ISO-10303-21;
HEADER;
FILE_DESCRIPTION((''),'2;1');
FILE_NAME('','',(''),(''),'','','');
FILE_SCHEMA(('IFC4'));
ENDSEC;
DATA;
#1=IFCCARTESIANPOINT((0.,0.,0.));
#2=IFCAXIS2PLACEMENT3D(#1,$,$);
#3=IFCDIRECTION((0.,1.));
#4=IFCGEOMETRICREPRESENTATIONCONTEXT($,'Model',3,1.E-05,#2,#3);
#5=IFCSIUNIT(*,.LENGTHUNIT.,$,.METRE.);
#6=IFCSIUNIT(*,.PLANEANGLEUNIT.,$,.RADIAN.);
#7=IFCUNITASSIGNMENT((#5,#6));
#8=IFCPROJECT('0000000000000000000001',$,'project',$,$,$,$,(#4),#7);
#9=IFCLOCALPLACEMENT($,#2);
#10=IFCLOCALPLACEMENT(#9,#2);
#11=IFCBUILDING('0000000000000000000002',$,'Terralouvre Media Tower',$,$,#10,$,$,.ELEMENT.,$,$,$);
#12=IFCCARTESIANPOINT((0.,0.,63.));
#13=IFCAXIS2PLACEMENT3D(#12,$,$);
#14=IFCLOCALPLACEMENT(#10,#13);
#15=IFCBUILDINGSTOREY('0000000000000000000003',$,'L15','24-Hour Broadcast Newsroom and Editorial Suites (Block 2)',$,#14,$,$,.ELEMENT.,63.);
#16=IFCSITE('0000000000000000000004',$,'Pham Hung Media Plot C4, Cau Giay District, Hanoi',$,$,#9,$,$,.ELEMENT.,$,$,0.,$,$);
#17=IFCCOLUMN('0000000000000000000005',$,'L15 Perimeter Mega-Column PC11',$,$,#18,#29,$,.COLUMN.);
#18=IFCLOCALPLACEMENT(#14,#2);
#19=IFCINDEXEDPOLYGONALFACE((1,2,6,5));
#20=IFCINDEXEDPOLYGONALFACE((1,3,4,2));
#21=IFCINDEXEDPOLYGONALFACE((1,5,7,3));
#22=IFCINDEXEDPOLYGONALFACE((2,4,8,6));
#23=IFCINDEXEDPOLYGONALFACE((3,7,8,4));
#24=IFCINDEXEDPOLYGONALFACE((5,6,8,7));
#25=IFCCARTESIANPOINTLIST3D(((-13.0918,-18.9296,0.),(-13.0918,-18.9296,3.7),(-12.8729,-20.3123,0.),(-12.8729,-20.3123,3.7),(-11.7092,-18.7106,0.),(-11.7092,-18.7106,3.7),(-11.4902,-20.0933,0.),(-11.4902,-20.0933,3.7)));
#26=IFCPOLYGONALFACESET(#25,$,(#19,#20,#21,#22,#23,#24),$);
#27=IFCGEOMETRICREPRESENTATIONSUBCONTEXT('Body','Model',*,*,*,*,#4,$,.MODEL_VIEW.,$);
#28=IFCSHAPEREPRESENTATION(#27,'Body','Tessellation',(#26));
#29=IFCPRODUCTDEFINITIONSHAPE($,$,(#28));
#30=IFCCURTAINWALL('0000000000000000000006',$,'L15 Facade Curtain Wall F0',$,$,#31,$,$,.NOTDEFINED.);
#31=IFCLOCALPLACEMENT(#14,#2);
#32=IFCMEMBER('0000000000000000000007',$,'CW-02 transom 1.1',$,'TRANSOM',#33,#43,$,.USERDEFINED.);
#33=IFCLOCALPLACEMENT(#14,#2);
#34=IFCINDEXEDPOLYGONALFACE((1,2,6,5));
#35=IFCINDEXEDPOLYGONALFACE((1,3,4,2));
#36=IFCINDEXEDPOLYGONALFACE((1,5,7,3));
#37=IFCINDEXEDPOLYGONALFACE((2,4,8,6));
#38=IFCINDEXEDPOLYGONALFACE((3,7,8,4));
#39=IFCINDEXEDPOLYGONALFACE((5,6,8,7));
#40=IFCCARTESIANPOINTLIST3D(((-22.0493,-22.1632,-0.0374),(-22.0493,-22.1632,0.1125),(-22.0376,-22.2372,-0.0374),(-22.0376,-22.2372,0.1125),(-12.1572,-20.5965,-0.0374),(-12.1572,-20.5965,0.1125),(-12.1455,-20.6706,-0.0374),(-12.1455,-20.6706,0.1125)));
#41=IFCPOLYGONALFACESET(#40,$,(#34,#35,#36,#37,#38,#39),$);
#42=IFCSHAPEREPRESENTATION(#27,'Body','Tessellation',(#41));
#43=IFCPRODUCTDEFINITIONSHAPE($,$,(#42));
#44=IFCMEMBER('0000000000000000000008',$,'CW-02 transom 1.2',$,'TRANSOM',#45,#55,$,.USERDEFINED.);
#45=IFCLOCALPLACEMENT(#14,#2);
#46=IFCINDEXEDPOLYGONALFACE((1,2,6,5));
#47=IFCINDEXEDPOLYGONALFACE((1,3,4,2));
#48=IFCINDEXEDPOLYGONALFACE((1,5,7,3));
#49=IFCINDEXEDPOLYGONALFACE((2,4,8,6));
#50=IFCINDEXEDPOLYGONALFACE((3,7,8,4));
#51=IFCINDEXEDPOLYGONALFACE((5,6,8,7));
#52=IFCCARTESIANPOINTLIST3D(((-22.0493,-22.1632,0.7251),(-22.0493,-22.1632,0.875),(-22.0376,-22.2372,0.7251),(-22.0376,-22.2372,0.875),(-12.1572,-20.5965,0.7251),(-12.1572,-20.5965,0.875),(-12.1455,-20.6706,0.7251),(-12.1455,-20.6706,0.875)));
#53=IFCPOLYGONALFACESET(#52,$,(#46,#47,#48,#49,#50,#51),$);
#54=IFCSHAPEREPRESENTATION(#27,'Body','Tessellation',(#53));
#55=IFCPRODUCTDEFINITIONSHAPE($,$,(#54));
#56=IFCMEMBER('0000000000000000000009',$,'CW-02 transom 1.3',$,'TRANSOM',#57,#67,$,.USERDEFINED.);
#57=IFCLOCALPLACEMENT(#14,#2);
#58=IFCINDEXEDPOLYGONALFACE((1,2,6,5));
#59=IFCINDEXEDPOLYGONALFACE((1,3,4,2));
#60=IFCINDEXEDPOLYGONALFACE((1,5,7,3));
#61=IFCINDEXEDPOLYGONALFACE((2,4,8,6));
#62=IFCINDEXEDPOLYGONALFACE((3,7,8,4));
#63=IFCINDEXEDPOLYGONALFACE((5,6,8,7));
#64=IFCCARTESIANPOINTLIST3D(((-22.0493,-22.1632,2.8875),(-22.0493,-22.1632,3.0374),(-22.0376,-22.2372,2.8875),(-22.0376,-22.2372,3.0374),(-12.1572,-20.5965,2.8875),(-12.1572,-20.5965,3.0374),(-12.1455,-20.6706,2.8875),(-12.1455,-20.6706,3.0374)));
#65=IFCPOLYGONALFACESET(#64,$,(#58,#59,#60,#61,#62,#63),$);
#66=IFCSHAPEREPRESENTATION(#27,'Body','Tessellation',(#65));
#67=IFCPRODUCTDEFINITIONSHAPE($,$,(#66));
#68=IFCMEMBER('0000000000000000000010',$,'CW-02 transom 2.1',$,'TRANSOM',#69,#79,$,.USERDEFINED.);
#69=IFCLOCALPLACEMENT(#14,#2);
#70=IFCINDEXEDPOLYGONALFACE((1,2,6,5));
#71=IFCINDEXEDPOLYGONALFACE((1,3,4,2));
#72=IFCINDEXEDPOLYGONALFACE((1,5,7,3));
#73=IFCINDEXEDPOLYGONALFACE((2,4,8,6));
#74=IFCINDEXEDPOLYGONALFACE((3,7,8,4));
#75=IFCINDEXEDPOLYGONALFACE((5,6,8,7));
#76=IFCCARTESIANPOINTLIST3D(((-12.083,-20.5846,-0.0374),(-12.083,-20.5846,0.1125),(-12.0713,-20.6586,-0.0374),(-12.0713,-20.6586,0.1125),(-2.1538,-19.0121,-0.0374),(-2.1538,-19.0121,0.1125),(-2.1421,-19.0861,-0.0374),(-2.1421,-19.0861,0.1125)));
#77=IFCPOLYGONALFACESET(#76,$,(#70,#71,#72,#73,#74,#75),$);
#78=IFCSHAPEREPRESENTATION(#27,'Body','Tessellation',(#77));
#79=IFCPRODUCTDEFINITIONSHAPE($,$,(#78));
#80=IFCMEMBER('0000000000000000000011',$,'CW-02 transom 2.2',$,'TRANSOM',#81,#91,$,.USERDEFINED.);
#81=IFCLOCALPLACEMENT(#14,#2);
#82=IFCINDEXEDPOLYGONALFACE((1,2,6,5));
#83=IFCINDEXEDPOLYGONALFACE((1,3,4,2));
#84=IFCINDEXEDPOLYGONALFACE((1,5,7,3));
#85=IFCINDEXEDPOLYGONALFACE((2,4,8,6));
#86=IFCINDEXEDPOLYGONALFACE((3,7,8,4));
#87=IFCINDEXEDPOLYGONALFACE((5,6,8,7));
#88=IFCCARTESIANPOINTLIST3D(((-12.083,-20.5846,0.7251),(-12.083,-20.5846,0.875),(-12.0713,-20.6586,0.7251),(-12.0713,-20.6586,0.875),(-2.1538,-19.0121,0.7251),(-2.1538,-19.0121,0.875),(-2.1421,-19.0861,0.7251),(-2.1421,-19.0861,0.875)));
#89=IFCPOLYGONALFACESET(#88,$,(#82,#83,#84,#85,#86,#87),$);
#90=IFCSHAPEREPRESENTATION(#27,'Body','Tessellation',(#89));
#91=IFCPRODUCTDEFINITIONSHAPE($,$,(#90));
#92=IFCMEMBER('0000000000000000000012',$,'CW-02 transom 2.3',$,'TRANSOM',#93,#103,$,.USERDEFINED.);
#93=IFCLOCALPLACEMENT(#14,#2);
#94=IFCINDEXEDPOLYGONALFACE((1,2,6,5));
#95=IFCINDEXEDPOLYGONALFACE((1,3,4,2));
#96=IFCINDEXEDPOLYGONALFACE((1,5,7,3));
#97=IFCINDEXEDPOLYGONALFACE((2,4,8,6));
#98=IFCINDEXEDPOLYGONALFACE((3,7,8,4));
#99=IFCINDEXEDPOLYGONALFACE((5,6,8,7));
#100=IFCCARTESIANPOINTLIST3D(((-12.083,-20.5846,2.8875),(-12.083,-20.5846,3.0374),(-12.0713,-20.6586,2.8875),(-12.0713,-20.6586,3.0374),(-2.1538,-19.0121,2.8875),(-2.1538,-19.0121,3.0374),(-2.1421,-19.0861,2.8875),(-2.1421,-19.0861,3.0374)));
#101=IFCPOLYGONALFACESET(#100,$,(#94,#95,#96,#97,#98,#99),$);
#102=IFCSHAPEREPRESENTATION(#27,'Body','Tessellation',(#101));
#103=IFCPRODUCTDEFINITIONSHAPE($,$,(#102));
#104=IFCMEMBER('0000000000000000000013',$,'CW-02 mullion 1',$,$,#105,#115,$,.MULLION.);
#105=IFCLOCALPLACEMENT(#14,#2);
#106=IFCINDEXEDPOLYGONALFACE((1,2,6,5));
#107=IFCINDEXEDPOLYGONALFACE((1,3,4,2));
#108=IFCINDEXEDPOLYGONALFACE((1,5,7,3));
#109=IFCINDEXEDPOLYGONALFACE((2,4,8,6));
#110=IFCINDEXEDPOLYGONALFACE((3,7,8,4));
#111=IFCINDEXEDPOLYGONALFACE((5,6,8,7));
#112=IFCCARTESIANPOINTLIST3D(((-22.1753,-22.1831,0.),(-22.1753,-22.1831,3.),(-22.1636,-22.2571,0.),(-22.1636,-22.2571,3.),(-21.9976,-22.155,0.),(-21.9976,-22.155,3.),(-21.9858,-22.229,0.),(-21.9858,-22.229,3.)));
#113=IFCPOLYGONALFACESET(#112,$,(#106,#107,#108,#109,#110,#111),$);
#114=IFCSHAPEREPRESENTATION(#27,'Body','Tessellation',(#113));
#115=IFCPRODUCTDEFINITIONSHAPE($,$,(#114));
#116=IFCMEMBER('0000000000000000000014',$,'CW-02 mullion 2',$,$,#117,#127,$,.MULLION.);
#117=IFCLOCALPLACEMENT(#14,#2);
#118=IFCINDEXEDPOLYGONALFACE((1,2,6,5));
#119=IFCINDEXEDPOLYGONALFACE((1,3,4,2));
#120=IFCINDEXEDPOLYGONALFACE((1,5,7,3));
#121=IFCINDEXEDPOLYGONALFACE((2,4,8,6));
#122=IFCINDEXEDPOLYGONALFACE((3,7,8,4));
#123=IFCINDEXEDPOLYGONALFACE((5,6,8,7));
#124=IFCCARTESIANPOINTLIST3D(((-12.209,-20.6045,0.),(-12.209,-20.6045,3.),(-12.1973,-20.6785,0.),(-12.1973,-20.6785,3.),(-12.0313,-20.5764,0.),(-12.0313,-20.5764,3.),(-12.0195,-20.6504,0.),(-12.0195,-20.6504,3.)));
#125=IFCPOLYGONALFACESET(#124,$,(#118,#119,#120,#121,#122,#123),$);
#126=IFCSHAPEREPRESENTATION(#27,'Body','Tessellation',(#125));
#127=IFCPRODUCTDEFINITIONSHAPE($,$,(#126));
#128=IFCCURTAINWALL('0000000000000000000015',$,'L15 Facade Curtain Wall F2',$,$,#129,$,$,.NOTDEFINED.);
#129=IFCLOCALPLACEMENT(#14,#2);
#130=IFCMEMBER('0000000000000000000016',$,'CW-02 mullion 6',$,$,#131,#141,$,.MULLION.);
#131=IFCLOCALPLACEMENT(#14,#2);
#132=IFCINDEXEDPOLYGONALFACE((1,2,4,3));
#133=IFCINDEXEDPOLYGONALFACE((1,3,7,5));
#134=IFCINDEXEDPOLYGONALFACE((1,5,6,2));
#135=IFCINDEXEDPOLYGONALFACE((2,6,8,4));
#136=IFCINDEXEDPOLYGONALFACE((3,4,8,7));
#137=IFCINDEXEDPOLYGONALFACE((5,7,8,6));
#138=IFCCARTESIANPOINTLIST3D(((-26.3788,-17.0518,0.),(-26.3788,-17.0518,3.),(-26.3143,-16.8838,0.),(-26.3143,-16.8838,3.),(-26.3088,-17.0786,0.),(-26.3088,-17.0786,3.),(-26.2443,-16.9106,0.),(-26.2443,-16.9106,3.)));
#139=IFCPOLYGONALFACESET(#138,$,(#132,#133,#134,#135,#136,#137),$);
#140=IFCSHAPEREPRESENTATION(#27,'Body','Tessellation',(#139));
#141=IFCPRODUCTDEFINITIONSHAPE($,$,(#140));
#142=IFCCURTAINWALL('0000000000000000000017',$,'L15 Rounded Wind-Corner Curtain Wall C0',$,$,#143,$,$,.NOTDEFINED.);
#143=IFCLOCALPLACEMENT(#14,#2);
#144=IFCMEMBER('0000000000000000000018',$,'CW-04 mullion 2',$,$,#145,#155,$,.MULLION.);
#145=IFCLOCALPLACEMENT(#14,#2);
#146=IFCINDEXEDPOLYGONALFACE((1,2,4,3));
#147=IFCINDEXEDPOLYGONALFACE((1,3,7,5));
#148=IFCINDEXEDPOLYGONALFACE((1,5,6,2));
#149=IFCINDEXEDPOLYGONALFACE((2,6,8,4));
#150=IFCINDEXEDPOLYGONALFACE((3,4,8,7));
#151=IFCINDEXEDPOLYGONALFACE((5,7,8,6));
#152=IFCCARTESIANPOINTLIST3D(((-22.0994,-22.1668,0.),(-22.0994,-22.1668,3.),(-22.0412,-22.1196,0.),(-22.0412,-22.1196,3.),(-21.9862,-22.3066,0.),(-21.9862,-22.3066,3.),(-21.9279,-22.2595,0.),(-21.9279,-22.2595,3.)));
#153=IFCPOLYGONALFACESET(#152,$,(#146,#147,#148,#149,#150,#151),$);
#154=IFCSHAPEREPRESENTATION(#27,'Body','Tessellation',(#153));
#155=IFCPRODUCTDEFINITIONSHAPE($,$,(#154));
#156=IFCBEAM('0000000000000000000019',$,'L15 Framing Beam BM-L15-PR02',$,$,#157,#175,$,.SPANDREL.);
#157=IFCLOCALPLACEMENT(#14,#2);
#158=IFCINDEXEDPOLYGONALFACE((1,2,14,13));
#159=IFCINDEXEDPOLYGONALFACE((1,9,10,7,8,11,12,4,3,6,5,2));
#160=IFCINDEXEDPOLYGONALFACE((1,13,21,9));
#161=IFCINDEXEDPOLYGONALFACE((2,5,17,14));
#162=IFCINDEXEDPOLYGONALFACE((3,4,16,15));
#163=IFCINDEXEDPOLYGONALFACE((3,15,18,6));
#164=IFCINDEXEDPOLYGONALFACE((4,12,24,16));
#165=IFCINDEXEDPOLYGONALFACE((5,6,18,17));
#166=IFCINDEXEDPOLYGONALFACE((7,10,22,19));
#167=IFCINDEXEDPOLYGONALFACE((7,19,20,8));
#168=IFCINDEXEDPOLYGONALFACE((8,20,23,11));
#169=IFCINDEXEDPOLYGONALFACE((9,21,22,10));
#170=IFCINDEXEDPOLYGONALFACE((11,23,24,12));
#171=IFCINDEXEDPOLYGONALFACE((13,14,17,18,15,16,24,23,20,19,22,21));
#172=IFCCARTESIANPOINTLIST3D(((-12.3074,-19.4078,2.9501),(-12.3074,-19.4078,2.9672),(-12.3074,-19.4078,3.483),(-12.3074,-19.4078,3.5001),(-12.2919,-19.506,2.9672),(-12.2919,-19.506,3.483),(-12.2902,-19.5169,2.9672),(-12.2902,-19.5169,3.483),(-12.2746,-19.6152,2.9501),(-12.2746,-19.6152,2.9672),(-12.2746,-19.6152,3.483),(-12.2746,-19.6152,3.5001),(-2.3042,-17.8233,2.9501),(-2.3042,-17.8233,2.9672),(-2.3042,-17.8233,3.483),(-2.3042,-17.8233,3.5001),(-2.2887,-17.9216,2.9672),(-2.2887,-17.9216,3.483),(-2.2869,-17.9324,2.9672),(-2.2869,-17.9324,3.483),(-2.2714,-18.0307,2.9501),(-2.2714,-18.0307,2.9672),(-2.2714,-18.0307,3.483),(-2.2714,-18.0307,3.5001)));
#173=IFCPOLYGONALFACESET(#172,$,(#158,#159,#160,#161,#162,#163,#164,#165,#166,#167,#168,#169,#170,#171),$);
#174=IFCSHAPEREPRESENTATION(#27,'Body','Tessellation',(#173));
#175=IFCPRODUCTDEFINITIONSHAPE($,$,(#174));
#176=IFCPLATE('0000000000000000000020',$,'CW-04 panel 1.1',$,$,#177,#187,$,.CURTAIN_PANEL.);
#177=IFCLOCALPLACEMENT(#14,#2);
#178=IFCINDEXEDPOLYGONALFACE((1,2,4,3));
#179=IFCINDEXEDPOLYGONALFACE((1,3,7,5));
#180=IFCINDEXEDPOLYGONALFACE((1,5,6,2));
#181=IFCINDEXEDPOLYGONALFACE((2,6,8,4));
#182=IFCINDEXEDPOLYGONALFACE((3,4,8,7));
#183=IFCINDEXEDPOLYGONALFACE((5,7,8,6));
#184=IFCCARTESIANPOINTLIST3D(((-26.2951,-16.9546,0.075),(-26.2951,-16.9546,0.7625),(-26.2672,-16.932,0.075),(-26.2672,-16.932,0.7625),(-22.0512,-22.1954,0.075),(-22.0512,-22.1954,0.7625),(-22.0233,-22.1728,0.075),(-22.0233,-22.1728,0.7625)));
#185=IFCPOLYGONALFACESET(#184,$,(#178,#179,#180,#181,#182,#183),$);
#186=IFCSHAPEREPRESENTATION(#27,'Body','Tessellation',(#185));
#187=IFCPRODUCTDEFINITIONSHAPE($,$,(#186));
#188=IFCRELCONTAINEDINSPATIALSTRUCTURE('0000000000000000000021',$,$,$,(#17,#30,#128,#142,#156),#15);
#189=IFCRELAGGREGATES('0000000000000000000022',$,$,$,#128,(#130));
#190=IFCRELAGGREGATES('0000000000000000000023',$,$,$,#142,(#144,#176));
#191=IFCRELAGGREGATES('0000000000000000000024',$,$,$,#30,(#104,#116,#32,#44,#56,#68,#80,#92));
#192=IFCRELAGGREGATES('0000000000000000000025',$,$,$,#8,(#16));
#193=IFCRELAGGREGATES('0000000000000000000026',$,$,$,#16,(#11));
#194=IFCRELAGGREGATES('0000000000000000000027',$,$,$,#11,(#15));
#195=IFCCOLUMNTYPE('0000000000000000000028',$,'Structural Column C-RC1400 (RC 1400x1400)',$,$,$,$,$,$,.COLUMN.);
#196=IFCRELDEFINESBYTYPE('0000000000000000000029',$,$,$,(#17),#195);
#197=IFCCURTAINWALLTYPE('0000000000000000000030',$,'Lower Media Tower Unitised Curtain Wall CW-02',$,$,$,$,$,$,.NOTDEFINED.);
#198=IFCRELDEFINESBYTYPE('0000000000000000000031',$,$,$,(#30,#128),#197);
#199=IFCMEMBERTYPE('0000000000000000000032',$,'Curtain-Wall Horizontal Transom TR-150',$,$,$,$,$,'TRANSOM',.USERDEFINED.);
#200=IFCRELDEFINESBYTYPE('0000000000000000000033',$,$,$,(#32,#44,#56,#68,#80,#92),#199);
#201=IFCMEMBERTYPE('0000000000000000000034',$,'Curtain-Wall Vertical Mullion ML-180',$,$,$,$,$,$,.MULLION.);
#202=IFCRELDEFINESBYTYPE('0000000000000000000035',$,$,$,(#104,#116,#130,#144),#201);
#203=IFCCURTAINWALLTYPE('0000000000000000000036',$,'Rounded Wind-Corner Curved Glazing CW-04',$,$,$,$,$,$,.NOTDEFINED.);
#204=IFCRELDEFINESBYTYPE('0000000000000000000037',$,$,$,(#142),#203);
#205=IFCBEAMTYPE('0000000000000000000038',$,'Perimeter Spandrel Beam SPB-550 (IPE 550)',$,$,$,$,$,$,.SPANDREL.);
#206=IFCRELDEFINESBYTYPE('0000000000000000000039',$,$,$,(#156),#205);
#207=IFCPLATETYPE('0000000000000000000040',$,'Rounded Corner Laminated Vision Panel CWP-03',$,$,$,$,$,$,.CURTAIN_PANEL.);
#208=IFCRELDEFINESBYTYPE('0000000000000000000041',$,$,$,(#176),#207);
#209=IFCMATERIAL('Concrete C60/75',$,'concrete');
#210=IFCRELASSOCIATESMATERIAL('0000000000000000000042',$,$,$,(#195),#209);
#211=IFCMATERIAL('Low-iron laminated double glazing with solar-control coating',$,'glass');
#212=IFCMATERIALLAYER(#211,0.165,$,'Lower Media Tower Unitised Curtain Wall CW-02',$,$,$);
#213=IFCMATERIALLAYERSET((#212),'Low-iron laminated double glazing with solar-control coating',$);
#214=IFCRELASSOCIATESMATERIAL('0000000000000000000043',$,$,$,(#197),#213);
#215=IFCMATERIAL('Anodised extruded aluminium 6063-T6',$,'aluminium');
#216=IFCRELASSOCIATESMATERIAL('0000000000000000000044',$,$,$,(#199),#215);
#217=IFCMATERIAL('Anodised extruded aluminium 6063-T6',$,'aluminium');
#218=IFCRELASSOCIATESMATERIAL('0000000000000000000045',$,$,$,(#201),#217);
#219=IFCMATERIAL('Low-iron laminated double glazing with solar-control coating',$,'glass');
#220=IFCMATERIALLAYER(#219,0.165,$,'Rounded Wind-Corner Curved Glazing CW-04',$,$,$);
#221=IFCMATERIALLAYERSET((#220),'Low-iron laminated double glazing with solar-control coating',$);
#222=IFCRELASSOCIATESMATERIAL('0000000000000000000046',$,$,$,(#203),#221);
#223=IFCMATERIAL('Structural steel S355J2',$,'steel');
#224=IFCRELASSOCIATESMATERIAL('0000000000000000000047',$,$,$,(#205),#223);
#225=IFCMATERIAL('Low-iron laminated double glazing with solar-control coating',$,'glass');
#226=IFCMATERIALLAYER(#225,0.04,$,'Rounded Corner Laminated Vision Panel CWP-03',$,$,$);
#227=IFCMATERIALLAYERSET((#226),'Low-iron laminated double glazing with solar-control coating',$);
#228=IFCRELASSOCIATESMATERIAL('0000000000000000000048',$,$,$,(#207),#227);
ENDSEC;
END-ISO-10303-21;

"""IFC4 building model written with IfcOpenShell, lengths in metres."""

from ifc_helpers import new_model, si_unit, direction, frame, origin, origin_2d, place, context, subcontext, project, spatial, rectangle, i_section, extrude, material, layer, layer_set, material_profile, profile_set, type_object, element, aggregate, save


model = new_model("IFC4")

# Units and contexts
model_context = context("Model", 3, precision=1e-05, world=origin(), true_north=direction((0.0, 1.0)))
body_context = subcontext(model_context, "Body", "Model", "MODEL_VIEW")
ifc_project = project(units=[si_unit("LENGTHUNIT", "METRE"), si_unit("PLANEANGLEUNIT", "RADIAN")], contexts=[model_context])

# Site, building, storey
site_placement = place(None, origin())
site = spatial("IfcSite", under=ifc_project, at=site_placement, Name="Pham Hung Media Plot C4, Cau Giay District, Hanoi", CompositionType="ELEMENT", RefElevation=0.0)
building_placement = place(site_placement, origin())
building = spatial("IfcBuilding", under=site, at=building_placement, Name="Terralouvre Media Tower", CompositionType="ELEMENT")
storey_placement = place(building_placement, frame((0.0, 0.0, 63.0)))
storey = spatial("IfcBuildingStorey", under=building, at=storey_placement, Name="L15", Description="24-Hour Broadcast Newsroom and Editorial Suites (Block 2)", CompositionType="ELEMENT", Elevation=63.0)

# Column
ifc_material_1 = material(Name="Concrete C60/75", Category="concrete")
ifc_material_profile_1 = material_profile(ifc_material_1, rectangle(XDim=1.3999, YDim=1.3999, at=origin_2d()), Name="RC 1400x1400")
ifc_profile_set_1 = profile_set([ifc_material_profile_1], Name="Concrete C60/75")
column_type = type_object("IfcColumnType", Name="Structural Column C-RC1400 (RC 1400x1400)", PredefinedType="COLUMN", material=ifc_profile_set_1)
column_placement = place(storey_placement, frame((-12.291, -19.5115, 0.0), z_axis=(0.0, 0.0, 1.0), x_axis=(0.987688, 0.156434, 0.0)))
element("IfcColumn", 1, at=column_placement, inside=storey, type_object=column_type, Name="L15 Perimeter Mega-Column PC11", PredefinedType="COLUMN", context=body_context, shape_type="SweptSolid", body=[
    extrude(rectangle(XDim=1.3999, YDim=1.3999, at=origin_2d()), origin(), (0.0, 0.0, 1.0), 3.7),
])

# Curtain wall, members
ifc_material_2 = material(Name="Low-iron laminated double glazing with solar-control coating", Category="glass")
ifc_layer_1 = layer(ifc_material_2, 0.165, Name="Lower Media Tower Unitised Curtain Wall CW-02")
ifc_layer_set_1 = layer_set([ifc_layer_1], Name="Low-iron laminated double glazing with solar-control coating")
curtain_wall_type_1 = type_object("IfcCurtainWallType", Name="Lower Media Tower Unitised Curtain Wall CW-02", PredefinedType="NOTDEFINED", material=ifc_layer_set_1)
curtain_wall_1_placement = place(storey_placement, origin())
curtain_wall_1 = element("IfcCurtainWall", 2, at=curtain_wall_1_placement, inside=storey, type_object=curtain_wall_type_1, Name="L15 Facade Curtain Wall F0", PredefinedType="NOTDEFINED")
ifc_material_3 = material(Name="Anodised extruded aluminium 6063-T6", Category="aluminium")
ifc_material_profile_2 = material_profile(ifc_material_3, rectangle(XDim=0.075, YDim=0.1499, at=origin_2d()), Name="ALU 75x150")
ifc_profile_set_2 = profile_set([ifc_material_profile_2], Name="Anodised extruded aluminium 6063-T6")
member_type_1 = type_object("IfcMemberType", Name="Curtain-Wall Horizontal Transom TR-150", ElementType="TRANSOM", PredefinedType="USERDEFINED", material=ifc_profile_set_2)
member_1_placement = place(storey_placement, frame((-22.0435, -22.2002, 0.0376), z_axis=(0.98769, 0.156424, 0.0), x_axis=(-0.156424, 0.98769, 0.0)))
member_1 = element("IfcMember", 3, at=member_1_placement, type_object=member_type_1, Name="CW-02 transom 1.1", ObjectType="TRANSOM", PredefinedType="USERDEFINED", context=body_context, shape_type="SweptSolid", body=[
    extrude(rectangle(XDim=0.075, YDim=0.1499, at=origin_2d()), origin(), (0.0, 0.0, 1.0), 10.0154),
])
member_2_placement = place(storey_placement, frame((-22.0435, -22.2002, 0.8), z_axis=(0.98769, 0.156424, 0.0), x_axis=(-0.156424, 0.98769, 0.0)))
member_2 = element("IfcMember", 4, at=member_2_placement, type_object=member_type_1, Name="CW-02 transom 1.2", ObjectType="TRANSOM", PredefinedType="USERDEFINED", context=body_context, shape_type="SweptSolid", body=[
    extrude(rectangle(XDim=0.075, YDim=0.1499, at=origin_2d()), origin(), (0.0, 0.0, 1.0), 10.0154),
])
member_3_placement = place(storey_placement, frame((-22.0435, -22.2002, 2.9624), z_axis=(0.98769, 0.156424, 0.0), x_axis=(-0.156424, 0.98769, 0.0)))
member_3 = element("IfcMember", 5, at=member_3_placement, type_object=member_type_1, Name="CW-02 transom 1.3", ObjectType="TRANSOM", PredefinedType="USERDEFINED", context=body_context, shape_type="SweptSolid", body=[
    extrude(rectangle(XDim=0.075, YDim=0.1499, at=origin_2d()), origin(), (0.0, 0.0, 1.0), 10.0154),
])
member_4_placement = place(storey_placement, frame((-12.0771, -20.6216, 0.0376), z_axis=(0.98769, 0.156423, 0.0), x_axis=(-0.156423, 0.98769, 0.0)))
member_4 = element("IfcMember", 6, at=member_4_placement, type_object=member_type_1, Name="CW-02 transom 2.1", ObjectType="TRANSOM", PredefinedType="USERDEFINED", context=body_context, shape_type="SweptSolid", body=[
    extrude(rectangle(XDim=0.075, YDim=0.1499, at=origin_2d()), origin(), (0.0, 0.0, 1.0), 10.053),
])
member_5_placement = place(storey_placement, frame((-12.0771, -20.6216, 0.8), z_axis=(0.98769, 0.156423, 0.0), x_axis=(-0.156423, 0.98769, 0.0)))
member_5 = element("IfcMember", 7, at=member_5_placement, type_object=member_type_1, Name="CW-02 transom 2.2", ObjectType="TRANSOM", PredefinedType="USERDEFINED", context=body_context, shape_type="SweptSolid", body=[
    extrude(rectangle(XDim=0.075, YDim=0.1499, at=origin_2d()), origin(), (0.0, 0.0, 1.0), 10.053),
])
member_6_placement = place(storey_placement, frame((-12.0771, -20.6216, 2.9624), z_axis=(0.98769, 0.156423, 0.0), x_axis=(-0.156423, 0.98769, 0.0)))
member_6 = element("IfcMember", 8, at=member_6_placement, type_object=member_type_1, Name="CW-02 transom 2.3", ObjectType="TRANSOM", PredefinedType="USERDEFINED", context=body_context, shape_type="SweptSolid", body=[
    extrude(rectangle(XDim=0.075, YDim=0.1499, at=origin_2d()), origin(), (0.0, 0.0, 1.0), 10.053),
])
ifc_material_4 = material(Name="Anodised extruded aluminium 6063-T6", Category="aluminium")
ifc_material_profile_3 = material_profile(ifc_material_4, rectangle(XDim=0.075, YDim=0.1799, at=origin_2d()), Name="ALU 75x180")
ifc_profile_set_3 = profile_set([ifc_material_profile_3], Name="Anodised extruded aluminium 6063-T6")
member_type_2 = type_object("IfcMemberType", Name="Curtain-Wall Vertical Mullion ML-180", PredefinedType="MULLION", material=ifc_profile_set_3)
member_7_placement = place(storey_placement, frame((-22.0806, -22.2061, 0.0), z_axis=(0.0, 0.0, 1.0), x_axis=(-0.156434, 0.987688, 0.0)))
member_7 = element("IfcMember", 9, at=member_7_placement, type_object=member_type_2, Name="CW-02 mullion 1", PredefinedType="MULLION", context=body_context, shape_type="SweptSolid", body=[
    extrude(rectangle(XDim=0.075, YDim=0.1799, at=origin_2d()), origin(), (0.0, 0.0, 1.0), 3.0),
])
member_8_placement = place(storey_placement, frame((-12.1143, -20.6274, 0.0), z_axis=(0.0, 0.0, 1.0), x_axis=(-0.156434, 0.987688, 0.0)))
member_8 = element("IfcMember", 10, at=member_8_placement, type_object=member_type_2, Name="CW-02 mullion 2", PredefinedType="MULLION", context=body_context, shape_type="SweptSolid", body=[
    extrude(rectangle(XDim=0.075, YDim=0.1799, at=origin_2d()), origin(), (0.0, 0.0, 1.0), 3.0),
])

# Curtain walls, members
curtain_wall_2_placement = place(storey_placement, origin())
curtain_wall_2 = element("IfcCurtainWall", 11, at=curtain_wall_2_placement, inside=storey, type_object=curtain_wall_type_1, Name="L15 Facade Curtain Wall F2", PredefinedType="NOTDEFINED")
member_9_placement = place(storey_placement, frame((-26.3115, -16.9812, 0.0), z_axis=(0.0, 0.0, 1.0), x_axis=(0.93358, -0.358368, 0.0)))
member_9 = element("IfcMember", 12, at=member_9_placement, type_object=member_type_2, Name="CW-02 mullion 6", PredefinedType="MULLION", context=body_context, shape_type="SweptSolid", body=[
    extrude(rectangle(XDim=0.075, YDim=0.1799, at=origin_2d()), origin(), (0.0, 0.0, 1.0), 3.0),
])
aggregate(curtain_wall_2, [member_9])
ifc_material_5 = material(Name="Low-iron laminated double glazing with solar-control coating", Category="glass")
ifc_layer_2 = layer(ifc_material_5, 0.165, Name="Rounded Wind-Corner Curved Glazing CW-04")
ifc_layer_set_2 = layer_set([ifc_layer_2], Name="Low-iron laminated double glazing with solar-control coating")
curtain_wall_type_2 = type_object("IfcCurtainWallType", Name="Rounded Wind-Corner Curved Glazing CW-04", PredefinedType="NOTDEFINED", material=ifc_layer_set_2)
curtain_wall_3_placement = place(storey_placement, origin())
curtain_wall_3 = element("IfcCurtainWall", 13, at=curtain_wall_3_placement, inside=storey, type_object=curtain_wall_type_2, Name="L15 Rounded Wind-Corner Curtain Wall C0", PredefinedType="NOTDEFINED")
member_10_placement = place(storey_placement, frame((-22.0137, -22.2131, 0.0), z_axis=(0.0, 0.0, 1.0), x_axis=(0.777146, 0.62932, 0.0)))
member_10 = element("IfcMember", 14, at=member_10_placement, type_object=member_type_2, Name="CW-04 mullion 2", PredefinedType="MULLION", context=body_context, shape_type="SweptSolid", body=[
    extrude(rectangle(XDim=0.075, YDim=0.1799, at=origin_2d()), origin(), (0.0, 0.0, 1.0), 3.0),
])

# Beam
ifc_material_6 = material(Name="Structural steel S355J2", Category="steel")
ifc_material_profile_4 = material_profile(ifc_material_6, i_section(OverallWidth=0.21, OverallDepth=0.55, WebThickness=0.011, FlangeThickness=0.0171, at=origin_2d()), Name="IPE 550")
ifc_profile_set_4 = profile_set([ifc_material_profile_4], Name="Structural steel S355J2")
beam_type = type_object("IfcBeamType", Name="Perimeter Spandrel Beam SPB-550 (IPE 550)", PredefinedType="SPANDREL", material=ifc_profile_set_4)
beam_placement = place(storey_placement, frame((-12.291, -19.5115, 3.2251), z_axis=(0.987686, 0.156447, 0.0), x_axis=(-0.156447, 0.987686, 0.0)))
element("IfcBeam", 15, at=beam_placement, inside=storey, type_object=beam_type, Name="L15 Framing Beam BM-L15-PR02", PredefinedType="SPANDREL", context=body_context, shape_type="SweptSolid", body=[
    extrude(i_section(OverallWidth=0.21, OverallDepth=0.55, WebThickness=0.011, FlangeThickness=0.0171, at=origin_2d()), origin(), (0.0, 0.0, 1.0), 10.1279),
])

# Plate
ifc_material_7 = material(Name="Low-iron laminated double glazing with solar-control coating", Category="glass")
ifc_layer_3 = layer(ifc_material_7, 0.04, Name="Rounded Corner Laminated Vision Panel CWP-03")
ifc_layer_set_3 = layer_set([ifc_layer_3], Name="Low-iron laminated double glazing with solar-control coating")
plate_type_1 = type_object("IfcPlateType", Name="Rounded Corner Laminated Vision Panel CWP-03", PredefinedType="CURTAIN_PANEL", material=ifc_layer_set_3)
plate_1_placement = place(storey_placement, frame((-24.1592, -19.5637, 0.075), z_axis=(0.0, 0.0, 1.0), x_axis=(0.62932, -0.777146, 0.0)))
plate_1 = element("IfcPlate", 16, at=plate_1_placement, type_object=plate_type_1, Name="CW-04 panel 1.1", PredefinedType="CURTAIN_PANEL", context=body_context, shape_type="SweptSolid", body=[
    extrude(rectangle(XDim=6.7437, YDim=0.0359, at=origin_2d()), origin(), (0.0, 0.0, 1.0), 0.6875),
])
aggregate(curtain_wall_3, [member_10, plate_1])
aggregate(curtain_wall_1, [member_7, member_8, member_1, member_2, member_3, member_4, member_5, member_6])

save(model, "model.ifc")
